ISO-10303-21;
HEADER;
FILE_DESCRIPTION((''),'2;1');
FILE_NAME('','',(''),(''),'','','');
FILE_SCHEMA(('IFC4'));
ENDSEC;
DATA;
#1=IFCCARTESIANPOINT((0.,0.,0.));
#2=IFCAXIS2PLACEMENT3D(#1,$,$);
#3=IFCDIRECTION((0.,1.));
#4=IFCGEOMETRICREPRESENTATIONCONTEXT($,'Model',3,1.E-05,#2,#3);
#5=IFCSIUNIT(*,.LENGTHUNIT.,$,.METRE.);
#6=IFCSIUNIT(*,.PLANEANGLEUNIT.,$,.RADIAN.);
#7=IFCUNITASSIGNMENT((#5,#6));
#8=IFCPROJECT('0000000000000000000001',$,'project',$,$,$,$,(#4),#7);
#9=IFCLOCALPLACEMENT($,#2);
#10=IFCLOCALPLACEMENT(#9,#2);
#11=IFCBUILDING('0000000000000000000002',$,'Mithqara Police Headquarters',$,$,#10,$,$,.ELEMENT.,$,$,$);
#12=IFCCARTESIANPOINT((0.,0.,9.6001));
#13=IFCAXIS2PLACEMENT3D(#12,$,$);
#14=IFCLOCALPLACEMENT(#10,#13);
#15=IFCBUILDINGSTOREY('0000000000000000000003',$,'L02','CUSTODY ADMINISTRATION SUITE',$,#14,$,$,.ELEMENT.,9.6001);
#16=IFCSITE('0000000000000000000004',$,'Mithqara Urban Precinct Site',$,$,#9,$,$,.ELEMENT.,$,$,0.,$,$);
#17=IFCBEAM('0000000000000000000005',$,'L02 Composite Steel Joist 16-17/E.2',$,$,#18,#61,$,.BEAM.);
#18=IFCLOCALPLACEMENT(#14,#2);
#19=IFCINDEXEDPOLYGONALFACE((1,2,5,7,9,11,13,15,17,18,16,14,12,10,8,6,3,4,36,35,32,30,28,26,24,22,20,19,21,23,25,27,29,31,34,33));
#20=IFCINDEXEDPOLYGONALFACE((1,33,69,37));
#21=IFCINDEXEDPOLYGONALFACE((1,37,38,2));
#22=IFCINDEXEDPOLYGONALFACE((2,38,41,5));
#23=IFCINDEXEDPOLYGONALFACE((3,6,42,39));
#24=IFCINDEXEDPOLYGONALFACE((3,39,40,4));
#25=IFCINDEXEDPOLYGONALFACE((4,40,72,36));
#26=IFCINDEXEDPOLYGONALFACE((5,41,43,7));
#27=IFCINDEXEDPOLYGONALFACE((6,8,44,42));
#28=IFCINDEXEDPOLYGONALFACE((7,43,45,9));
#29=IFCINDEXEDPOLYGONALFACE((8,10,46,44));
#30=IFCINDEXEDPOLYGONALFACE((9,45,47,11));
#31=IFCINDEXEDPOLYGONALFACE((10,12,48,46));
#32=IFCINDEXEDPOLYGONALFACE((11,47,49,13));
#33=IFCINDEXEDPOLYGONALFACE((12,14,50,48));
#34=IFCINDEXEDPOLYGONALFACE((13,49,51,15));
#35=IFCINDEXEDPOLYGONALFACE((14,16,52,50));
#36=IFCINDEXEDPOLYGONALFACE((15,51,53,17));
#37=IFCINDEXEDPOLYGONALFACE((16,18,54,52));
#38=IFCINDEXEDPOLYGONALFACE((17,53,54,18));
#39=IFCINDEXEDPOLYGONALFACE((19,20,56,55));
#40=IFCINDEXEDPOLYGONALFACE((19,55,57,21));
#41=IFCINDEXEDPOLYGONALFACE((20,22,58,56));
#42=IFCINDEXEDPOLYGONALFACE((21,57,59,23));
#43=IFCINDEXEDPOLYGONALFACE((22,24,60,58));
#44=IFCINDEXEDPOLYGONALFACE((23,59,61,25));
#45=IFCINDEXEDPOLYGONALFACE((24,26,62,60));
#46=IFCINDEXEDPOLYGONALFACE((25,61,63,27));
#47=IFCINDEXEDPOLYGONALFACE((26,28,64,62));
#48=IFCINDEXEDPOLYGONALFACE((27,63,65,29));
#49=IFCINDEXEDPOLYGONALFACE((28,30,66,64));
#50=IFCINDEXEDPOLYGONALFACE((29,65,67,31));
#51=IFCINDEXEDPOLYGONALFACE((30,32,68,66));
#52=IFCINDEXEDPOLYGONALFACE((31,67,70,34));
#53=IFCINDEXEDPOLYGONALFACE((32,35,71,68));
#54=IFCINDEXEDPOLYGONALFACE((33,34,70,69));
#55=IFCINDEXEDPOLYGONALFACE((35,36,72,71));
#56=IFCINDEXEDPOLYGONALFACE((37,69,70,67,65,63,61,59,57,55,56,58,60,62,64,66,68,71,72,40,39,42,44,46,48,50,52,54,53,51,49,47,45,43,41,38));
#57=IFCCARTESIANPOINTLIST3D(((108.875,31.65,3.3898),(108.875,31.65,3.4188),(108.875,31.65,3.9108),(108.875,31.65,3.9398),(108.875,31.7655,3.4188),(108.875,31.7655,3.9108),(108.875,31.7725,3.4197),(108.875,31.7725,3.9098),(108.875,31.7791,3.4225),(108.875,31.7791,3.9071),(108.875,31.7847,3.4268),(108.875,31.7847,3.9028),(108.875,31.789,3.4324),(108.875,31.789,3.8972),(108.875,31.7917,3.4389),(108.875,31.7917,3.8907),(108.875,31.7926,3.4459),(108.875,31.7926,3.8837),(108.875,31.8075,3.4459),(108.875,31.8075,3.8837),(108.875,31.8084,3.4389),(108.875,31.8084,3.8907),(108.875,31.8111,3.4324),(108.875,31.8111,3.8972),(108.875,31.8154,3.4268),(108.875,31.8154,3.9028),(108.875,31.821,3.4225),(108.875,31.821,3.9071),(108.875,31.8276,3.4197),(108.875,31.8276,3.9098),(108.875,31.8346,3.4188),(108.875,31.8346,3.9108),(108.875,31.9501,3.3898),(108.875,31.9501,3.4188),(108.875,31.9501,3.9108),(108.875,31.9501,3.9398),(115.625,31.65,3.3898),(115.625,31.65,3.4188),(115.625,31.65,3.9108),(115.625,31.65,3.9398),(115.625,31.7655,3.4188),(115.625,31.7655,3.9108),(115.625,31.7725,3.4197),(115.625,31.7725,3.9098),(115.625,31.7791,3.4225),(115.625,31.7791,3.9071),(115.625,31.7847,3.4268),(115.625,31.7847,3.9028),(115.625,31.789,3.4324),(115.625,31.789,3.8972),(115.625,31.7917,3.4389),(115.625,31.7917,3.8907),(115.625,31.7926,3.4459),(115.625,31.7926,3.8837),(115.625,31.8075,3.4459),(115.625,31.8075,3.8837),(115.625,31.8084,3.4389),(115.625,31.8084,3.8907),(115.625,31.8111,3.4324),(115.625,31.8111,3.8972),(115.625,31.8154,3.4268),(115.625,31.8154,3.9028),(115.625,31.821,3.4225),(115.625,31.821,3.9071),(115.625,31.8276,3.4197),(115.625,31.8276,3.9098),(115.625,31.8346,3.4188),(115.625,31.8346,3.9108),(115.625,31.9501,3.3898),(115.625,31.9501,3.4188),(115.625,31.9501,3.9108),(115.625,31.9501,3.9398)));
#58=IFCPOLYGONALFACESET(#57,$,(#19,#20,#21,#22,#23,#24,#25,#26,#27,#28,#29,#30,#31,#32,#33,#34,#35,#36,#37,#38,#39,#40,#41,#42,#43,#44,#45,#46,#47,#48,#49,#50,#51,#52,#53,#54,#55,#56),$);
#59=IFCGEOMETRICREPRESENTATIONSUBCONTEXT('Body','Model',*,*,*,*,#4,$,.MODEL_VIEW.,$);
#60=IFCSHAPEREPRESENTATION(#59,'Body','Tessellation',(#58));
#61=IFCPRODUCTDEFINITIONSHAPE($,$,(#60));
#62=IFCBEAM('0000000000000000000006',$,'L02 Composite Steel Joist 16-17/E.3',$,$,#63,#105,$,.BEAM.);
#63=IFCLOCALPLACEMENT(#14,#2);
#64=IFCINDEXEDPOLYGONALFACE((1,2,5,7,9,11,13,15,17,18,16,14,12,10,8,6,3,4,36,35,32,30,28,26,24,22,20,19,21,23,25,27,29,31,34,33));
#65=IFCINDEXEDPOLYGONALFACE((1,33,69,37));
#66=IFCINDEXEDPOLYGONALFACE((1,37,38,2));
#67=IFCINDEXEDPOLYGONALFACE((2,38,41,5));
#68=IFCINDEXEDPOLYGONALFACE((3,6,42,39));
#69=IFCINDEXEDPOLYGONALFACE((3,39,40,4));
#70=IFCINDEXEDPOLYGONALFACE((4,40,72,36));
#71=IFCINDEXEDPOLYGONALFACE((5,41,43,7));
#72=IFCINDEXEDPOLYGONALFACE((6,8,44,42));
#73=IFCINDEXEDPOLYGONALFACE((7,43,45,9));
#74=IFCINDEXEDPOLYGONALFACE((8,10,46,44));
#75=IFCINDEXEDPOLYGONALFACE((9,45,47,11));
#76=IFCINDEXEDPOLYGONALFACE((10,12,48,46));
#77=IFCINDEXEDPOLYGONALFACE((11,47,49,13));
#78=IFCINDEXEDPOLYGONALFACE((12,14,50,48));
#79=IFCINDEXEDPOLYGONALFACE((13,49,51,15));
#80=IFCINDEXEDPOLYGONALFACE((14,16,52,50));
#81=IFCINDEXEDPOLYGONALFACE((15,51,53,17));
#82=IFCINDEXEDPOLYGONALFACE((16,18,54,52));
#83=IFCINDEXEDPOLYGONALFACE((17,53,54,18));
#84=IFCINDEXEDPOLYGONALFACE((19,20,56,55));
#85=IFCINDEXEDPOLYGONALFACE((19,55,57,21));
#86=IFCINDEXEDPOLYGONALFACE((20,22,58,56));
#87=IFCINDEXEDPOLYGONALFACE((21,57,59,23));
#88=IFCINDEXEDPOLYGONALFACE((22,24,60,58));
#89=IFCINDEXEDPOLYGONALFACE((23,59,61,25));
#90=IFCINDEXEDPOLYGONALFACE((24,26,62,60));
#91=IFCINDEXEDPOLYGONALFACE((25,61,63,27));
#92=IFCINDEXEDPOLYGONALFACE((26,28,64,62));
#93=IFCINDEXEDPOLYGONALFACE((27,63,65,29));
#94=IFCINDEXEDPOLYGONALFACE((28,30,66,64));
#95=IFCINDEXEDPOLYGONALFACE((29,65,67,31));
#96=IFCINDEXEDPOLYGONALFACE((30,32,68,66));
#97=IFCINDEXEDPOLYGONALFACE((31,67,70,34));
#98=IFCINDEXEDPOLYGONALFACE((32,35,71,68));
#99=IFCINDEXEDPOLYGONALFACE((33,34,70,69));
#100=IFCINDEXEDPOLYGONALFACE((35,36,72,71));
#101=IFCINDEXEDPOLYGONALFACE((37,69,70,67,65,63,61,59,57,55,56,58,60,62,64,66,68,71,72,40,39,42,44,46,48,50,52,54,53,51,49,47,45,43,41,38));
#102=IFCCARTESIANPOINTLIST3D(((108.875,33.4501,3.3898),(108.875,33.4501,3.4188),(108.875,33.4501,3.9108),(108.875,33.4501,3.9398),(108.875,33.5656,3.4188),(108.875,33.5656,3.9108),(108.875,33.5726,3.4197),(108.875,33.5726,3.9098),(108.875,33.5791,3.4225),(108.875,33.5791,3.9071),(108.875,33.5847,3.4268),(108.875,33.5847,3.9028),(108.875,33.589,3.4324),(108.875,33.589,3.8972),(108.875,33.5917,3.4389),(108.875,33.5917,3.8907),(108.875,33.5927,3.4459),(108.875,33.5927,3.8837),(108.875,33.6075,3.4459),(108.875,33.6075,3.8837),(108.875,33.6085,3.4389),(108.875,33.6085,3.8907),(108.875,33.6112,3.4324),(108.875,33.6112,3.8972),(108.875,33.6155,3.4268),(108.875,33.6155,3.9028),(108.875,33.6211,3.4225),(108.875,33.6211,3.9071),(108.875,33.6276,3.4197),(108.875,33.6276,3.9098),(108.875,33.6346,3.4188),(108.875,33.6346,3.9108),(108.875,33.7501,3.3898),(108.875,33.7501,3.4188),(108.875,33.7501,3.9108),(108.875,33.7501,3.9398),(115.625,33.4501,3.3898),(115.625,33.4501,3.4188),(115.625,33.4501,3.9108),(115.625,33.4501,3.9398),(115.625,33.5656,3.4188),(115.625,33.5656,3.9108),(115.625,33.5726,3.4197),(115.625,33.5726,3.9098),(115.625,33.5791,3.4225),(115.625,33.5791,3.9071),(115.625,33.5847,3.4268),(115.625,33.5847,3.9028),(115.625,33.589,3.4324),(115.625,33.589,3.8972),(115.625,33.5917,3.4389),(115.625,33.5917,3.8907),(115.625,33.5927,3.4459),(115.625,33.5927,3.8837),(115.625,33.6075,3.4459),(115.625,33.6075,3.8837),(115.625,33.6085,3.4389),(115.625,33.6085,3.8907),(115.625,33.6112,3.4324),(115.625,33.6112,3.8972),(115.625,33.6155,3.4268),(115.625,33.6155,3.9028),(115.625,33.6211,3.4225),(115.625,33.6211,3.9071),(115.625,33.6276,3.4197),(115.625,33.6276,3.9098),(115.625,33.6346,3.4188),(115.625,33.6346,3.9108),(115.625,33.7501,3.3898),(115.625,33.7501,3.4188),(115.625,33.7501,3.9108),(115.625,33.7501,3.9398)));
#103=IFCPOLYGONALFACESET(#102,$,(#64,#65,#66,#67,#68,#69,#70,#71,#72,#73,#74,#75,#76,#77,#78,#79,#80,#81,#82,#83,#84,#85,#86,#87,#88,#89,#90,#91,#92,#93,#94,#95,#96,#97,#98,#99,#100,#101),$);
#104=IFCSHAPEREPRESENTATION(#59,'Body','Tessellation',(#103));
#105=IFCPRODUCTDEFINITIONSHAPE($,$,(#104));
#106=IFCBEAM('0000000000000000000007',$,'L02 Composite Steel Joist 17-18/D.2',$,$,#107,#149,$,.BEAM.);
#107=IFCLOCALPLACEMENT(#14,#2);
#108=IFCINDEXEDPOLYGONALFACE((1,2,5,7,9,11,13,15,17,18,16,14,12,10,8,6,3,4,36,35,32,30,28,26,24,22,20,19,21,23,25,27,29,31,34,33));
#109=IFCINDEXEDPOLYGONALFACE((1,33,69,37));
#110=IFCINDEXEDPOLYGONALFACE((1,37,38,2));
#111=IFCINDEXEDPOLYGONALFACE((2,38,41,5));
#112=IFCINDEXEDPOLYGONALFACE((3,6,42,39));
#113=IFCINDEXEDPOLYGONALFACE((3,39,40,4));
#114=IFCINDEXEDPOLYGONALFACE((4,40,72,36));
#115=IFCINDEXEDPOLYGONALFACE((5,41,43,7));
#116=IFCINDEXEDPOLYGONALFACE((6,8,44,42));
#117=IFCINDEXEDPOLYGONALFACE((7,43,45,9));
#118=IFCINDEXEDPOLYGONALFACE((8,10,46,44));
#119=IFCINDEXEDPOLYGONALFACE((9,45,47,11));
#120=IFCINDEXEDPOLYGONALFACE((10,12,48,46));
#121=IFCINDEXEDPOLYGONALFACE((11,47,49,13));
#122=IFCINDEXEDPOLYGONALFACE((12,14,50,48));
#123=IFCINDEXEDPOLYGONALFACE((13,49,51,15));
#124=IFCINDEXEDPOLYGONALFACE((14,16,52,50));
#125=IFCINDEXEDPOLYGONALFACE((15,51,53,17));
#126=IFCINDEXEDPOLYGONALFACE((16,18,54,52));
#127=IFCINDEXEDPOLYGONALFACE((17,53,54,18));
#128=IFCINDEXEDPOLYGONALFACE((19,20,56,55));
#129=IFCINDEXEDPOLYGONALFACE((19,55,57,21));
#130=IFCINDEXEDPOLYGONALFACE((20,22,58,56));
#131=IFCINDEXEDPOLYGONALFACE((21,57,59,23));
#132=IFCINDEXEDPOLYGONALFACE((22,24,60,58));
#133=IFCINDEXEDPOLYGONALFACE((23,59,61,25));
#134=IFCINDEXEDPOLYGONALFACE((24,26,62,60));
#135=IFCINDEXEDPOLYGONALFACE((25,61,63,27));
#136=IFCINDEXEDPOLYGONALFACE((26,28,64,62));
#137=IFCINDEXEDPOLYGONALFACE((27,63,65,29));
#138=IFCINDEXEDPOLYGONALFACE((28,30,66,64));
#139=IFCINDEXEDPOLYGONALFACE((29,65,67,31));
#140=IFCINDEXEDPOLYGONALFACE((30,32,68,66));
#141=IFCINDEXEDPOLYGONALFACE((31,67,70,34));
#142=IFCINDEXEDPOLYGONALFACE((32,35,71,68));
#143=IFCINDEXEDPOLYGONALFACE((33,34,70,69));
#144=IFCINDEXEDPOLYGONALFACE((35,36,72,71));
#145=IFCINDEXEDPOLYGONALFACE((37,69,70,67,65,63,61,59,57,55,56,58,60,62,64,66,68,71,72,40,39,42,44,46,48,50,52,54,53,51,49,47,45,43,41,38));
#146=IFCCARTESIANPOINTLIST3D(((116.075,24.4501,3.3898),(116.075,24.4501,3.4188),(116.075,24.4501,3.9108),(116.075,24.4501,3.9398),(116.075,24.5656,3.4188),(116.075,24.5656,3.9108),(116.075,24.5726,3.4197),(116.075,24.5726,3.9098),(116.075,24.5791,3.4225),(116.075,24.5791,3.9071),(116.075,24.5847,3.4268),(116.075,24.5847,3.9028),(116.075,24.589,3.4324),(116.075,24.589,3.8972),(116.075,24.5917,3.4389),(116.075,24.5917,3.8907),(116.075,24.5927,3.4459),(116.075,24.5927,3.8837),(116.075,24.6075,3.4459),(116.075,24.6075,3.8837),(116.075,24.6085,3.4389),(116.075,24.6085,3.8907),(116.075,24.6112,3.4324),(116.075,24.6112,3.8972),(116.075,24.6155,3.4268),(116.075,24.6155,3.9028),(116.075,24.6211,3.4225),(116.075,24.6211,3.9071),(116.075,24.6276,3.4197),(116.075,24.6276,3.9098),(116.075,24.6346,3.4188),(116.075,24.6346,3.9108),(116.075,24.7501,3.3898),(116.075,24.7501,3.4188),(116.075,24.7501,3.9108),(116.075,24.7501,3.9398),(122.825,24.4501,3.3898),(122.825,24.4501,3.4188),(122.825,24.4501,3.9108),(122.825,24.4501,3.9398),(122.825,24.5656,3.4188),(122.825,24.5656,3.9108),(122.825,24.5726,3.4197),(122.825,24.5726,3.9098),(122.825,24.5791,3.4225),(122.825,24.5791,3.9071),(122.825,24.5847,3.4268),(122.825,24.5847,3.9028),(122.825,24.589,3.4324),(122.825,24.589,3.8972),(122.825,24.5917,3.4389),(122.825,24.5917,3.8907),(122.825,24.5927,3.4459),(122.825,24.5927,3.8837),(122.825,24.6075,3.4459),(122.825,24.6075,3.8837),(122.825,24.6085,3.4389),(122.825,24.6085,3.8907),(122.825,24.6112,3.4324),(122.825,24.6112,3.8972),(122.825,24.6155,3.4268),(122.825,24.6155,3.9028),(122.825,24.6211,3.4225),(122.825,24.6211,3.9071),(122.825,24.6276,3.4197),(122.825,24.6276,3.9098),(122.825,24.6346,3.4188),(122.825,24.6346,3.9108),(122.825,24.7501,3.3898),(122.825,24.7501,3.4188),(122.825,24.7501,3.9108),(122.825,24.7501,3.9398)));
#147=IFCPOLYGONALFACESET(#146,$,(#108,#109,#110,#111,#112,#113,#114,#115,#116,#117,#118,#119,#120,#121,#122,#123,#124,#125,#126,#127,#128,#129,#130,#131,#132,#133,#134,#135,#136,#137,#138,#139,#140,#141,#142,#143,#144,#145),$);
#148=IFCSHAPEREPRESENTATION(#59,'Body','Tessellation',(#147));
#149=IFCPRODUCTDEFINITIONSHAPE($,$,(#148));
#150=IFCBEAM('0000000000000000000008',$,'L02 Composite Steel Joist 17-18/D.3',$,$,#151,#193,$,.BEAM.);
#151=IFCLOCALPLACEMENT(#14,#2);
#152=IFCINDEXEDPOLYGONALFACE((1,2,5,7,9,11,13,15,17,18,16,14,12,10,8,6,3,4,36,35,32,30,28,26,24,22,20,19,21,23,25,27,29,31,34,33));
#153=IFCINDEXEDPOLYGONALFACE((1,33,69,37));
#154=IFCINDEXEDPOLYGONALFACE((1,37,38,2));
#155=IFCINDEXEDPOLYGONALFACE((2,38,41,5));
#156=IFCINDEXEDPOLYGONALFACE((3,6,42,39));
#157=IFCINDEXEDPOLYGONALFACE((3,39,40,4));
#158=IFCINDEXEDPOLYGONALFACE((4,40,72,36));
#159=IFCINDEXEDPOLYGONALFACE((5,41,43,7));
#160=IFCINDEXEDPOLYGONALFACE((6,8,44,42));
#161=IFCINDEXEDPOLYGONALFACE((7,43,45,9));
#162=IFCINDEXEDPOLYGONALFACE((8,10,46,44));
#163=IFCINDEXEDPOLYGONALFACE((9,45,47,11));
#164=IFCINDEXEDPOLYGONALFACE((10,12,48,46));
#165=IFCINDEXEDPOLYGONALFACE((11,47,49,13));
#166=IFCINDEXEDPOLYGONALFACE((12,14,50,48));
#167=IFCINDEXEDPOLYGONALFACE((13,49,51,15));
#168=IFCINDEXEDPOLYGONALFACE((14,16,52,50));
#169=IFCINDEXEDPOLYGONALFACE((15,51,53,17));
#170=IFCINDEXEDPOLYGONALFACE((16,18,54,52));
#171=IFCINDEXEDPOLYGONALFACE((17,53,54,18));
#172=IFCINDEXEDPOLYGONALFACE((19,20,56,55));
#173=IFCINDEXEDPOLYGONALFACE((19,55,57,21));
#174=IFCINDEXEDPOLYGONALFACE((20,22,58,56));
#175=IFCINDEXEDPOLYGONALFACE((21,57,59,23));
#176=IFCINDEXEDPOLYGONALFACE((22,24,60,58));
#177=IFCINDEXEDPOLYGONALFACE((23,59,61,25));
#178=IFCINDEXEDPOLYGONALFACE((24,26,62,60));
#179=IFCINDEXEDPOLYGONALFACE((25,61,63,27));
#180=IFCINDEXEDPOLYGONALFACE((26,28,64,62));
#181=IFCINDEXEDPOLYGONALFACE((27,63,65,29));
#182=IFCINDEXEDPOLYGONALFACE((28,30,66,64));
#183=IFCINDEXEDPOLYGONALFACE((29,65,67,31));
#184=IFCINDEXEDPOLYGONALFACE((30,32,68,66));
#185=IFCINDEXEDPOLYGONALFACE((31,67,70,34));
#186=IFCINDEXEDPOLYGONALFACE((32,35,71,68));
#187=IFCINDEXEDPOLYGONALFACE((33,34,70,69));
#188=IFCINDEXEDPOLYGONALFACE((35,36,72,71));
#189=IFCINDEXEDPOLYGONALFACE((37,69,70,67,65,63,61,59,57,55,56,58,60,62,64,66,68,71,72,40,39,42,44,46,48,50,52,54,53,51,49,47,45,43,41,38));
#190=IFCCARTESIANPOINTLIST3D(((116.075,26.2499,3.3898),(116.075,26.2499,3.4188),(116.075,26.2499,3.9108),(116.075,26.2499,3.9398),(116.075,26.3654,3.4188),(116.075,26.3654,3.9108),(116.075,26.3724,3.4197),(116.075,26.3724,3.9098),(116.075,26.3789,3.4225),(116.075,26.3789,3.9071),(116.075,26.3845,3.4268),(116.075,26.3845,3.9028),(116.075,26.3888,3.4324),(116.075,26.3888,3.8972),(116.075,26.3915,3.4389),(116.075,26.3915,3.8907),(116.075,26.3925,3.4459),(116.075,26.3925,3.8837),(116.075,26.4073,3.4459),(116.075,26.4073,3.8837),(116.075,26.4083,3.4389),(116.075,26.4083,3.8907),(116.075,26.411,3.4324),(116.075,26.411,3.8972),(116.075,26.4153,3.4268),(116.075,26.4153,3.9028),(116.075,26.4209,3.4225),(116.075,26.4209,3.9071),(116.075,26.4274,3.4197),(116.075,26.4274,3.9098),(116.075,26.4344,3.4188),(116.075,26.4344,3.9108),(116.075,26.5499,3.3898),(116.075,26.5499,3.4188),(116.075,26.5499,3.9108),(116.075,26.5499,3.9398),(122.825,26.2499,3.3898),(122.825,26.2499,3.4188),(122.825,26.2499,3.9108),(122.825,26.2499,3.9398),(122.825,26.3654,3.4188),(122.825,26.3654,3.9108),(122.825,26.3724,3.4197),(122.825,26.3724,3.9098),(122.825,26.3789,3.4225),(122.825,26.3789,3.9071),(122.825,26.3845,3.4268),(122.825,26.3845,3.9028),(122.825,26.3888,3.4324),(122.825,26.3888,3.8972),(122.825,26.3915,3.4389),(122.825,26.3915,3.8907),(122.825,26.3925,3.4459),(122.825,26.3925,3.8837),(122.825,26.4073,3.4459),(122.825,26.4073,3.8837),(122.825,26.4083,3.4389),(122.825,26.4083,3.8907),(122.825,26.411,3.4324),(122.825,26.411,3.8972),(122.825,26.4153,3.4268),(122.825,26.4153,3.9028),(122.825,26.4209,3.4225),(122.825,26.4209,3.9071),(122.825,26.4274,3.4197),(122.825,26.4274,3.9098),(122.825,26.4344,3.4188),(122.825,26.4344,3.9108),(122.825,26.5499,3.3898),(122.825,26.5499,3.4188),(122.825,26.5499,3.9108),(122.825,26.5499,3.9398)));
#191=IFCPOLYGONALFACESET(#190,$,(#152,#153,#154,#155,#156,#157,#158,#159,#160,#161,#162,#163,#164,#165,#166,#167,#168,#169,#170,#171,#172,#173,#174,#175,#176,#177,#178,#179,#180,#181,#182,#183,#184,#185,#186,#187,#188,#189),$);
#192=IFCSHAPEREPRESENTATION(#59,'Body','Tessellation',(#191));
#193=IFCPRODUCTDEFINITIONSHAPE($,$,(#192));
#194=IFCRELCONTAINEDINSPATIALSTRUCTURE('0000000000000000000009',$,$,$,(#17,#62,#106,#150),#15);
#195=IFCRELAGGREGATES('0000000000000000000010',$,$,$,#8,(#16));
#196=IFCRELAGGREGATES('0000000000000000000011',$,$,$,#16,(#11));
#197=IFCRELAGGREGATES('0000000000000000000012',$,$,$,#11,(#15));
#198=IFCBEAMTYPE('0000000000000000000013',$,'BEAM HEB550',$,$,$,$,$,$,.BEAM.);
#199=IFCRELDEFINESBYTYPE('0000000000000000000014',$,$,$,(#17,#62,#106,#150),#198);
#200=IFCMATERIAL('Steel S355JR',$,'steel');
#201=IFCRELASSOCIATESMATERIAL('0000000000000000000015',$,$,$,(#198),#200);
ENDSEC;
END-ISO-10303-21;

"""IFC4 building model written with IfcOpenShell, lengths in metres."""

from ifc_helpers import new_model, si_unit, direction, frame, origin, origin_2d, place, context, subcontext, project, spatial, i_section, extrude, material, material_profile, profile_set, type_object, element, save


model = new_model("IFC4")

# Units and contexts
model_context = context("Model", 3, precision=1e-05, world=origin(), true_north=direction((0.0, 1.0)))
body_context = subcontext(model_context, "Body", "Model", "MODEL_VIEW")
ifc_project = project(units=[si_unit("LENGTHUNIT", "METRE"), si_unit("PLANEANGLEUNIT", "RADIAN")], contexts=[model_context])

# Site, building, storey
site_placement = place(None, origin())
site = spatial("IfcSite", under=ifc_project, at=site_placement, Name="Mithqara Urban Precinct Site", CompositionType="ELEMENT", RefElevation=0.0)
building_placement = place(site_placement, origin())
building = spatial("IfcBuilding", under=site, at=building_placement, Name="Mithqara Police Headquarters", CompositionType="ELEMENT")
storey_placement = place(building_placement, frame((0.0, 0.0, 9.6001)))
storey = spatial("IfcBuildingStorey", under=building, at=storey_placement, Name="L02", Description="CUSTODY ADMINISTRATION SUITE", CompositionType="ELEMENT", Elevation=9.6001)

# Beams
ifc_material_1 = material(Name="Steel S355JR", Category="steel")
ifc_material_profile_1 = material_profile(ifc_material_1, i_section(OverallWidth=0.3, OverallDepth=0.55, WebThickness=0.0149, FlangeThickness=0.0291, FilletRadius=0.0271, at=origin_2d()), Name="HEB 550")
ifc_profile_set_1 = profile_set([ifc_material_profile_1], Name="Steel S355JR")
beam_type_1 = type_object("IfcBeamType", Name="BEAM HEB550", PredefinedType="BEAM", material=ifc_profile_set_1)
for number, where, z_axis, x_axis, name in (
    (1, (108.875, 31.8, 3.6648), (1.0, 0.0, 0.0), (0.0, 1.0, 0.0), "L02 Composite Steel Joist 16-17/E.2"),
    (2, (108.875, 33.6001, 3.6648), (1.0, 0.0, 0.0), (0.0, 1.0, 0.0), "L02 Composite Steel Joist 16-17/E.3"),
    (3, (116.075, 24.6001, 3.6648), (1.0, 0.0, 0.0), (0.0, 1.0, 0.0), "L02 Composite Steel Joist 17-18/D.2"),
    (4, (116.075, 26.3999, 3.6648), (1.0, 0.0, 0.0), (0.0, 1.0, 0.0), "L02 Composite Steel Joist 17-18/D.3"),
):
    element("IfcBeam", number, at=place(storey_placement, frame(where, z_axis=z_axis, x_axis=x_axis)), inside=storey, type_object=beam_type_1, Name=name, PredefinedType="BEAM", context=body_context, shape_type="SweptSolid", body=[
        extrude(i_section(OverallWidth=0.3, OverallDepth=0.55, WebThickness=0.0149, FlangeThickness=0.0291, FilletRadius=0.0271, at=origin_2d()), origin(), (0.0, 0.0, 1.0), 6.75),
    ])

save(model, "model.ifc")
